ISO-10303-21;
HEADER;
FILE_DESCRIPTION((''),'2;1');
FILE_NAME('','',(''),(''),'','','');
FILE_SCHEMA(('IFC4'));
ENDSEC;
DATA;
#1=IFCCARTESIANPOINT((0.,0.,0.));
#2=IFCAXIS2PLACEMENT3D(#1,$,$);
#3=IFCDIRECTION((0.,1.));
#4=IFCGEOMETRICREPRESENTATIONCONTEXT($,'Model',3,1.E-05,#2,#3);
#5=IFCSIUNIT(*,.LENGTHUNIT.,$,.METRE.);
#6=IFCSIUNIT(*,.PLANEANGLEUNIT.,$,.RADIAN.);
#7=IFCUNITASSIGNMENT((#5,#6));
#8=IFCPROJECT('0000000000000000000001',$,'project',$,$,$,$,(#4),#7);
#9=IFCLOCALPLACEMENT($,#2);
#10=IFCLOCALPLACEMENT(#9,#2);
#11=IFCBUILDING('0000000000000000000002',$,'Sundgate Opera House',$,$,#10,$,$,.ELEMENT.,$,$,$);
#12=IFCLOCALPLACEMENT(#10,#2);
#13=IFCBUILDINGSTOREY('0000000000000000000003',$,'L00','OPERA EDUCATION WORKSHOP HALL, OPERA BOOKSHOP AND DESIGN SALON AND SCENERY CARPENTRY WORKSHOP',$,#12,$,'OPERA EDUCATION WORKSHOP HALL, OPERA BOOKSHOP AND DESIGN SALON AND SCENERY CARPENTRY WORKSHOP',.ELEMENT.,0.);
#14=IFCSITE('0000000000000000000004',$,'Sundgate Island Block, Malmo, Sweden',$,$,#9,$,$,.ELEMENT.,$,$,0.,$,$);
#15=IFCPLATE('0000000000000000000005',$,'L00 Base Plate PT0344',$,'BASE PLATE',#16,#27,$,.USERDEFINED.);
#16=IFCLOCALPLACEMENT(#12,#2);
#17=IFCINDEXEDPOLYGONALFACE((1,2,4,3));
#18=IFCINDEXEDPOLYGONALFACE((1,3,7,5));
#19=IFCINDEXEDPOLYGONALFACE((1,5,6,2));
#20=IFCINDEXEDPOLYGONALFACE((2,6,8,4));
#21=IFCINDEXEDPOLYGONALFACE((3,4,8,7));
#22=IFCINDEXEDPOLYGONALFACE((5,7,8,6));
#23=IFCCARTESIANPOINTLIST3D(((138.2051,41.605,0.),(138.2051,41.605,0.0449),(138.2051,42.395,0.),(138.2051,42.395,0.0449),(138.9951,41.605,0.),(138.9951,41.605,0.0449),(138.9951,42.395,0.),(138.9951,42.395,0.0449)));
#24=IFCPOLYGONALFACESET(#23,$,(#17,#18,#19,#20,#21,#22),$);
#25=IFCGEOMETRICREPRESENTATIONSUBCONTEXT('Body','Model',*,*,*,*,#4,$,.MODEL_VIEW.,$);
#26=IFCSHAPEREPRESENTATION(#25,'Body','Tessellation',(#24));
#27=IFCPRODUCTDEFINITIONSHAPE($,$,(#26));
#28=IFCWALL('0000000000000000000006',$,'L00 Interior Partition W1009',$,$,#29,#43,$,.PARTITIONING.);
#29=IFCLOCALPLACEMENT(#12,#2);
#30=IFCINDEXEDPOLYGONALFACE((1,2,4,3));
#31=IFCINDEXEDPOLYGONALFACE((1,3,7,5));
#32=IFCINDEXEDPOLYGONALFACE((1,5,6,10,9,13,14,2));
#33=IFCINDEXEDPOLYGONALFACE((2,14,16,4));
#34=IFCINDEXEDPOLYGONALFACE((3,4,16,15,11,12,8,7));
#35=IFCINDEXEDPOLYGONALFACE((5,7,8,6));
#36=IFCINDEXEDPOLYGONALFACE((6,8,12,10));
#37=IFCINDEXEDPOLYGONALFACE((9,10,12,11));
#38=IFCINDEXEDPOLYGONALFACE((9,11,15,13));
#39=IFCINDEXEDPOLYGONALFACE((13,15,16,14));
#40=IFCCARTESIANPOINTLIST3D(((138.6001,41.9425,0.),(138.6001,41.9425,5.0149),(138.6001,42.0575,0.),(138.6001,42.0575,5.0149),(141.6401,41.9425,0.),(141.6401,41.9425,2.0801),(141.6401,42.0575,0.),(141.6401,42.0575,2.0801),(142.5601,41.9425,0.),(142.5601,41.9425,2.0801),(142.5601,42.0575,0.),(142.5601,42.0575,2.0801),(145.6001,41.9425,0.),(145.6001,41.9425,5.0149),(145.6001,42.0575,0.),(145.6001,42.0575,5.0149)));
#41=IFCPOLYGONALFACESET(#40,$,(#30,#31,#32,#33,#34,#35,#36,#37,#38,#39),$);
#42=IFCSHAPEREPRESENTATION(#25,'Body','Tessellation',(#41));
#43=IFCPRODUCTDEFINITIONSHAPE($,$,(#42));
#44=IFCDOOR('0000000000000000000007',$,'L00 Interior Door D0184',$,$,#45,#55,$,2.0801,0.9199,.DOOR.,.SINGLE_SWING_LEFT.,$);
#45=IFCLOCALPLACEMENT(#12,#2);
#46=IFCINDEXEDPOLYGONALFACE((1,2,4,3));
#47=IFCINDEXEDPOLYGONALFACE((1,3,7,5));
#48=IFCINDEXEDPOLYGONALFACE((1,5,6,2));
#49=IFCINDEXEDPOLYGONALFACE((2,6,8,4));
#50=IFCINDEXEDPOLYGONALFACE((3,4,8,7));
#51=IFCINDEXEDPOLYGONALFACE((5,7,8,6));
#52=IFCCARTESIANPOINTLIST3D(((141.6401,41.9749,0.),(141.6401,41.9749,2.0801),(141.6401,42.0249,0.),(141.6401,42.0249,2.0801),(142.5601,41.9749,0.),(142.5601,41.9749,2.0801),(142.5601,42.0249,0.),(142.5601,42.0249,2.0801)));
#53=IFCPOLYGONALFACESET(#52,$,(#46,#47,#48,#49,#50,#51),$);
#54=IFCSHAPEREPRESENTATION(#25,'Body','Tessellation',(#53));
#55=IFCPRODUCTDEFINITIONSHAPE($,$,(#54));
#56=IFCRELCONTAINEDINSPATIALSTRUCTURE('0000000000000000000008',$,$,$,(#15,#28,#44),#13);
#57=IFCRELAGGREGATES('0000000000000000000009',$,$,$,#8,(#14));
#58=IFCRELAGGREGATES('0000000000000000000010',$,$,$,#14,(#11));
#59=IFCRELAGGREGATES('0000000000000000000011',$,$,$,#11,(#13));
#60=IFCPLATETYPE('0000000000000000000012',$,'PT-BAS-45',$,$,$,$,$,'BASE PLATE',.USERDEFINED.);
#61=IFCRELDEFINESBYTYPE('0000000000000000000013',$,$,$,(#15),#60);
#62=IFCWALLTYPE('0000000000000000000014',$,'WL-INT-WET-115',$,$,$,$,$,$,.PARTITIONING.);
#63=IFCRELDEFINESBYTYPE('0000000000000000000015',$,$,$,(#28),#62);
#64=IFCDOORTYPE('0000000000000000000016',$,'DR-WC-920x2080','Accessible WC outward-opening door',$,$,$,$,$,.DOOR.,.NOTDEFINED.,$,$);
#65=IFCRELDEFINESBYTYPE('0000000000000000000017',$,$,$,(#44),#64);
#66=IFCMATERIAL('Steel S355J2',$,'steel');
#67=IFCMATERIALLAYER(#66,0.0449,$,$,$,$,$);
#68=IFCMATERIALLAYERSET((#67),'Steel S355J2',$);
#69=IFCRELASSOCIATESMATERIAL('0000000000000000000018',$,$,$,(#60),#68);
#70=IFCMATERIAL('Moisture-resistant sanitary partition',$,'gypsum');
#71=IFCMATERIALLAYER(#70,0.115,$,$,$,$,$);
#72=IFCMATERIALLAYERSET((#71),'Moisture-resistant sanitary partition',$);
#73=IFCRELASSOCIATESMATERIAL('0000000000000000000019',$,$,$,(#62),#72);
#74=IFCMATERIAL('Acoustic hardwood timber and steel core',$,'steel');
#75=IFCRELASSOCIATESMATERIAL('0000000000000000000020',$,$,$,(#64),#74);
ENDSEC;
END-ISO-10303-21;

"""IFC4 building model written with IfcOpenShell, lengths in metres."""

from ifc_helpers import new_model, si_unit, direction, frame, frame_2d, origin, origin_2d, place, context, subcontext, project, spatial, rectangle, extrude, material, layer, layer_set, type_object, element, fill, save


model = new_model("IFC4")

# Units and contexts
model_context = context("Model", 3, precision=1e-05, world=origin(), true_north=direction((0.0, 1.0)))
body_context = subcontext(model_context, "Body", "Model", "MODEL_VIEW")
ifc_project = project(units=[si_unit("LENGTHUNIT", "METRE"), si_unit("PLANEANGLEUNIT", "RADIAN")], contexts=[model_context])

# Site, building, storey
site_placement = place(None, origin())
site = spatial("IfcSite", under=ifc_project, at=site_placement, Name="Sundgate Island Block, Malmo, Sweden", CompositionType="ELEMENT", RefElevation=0.0)
building_placement = place(site_placement, origin())
building = spatial("IfcBuilding", under=site, at=building_placement, Name="Sundgate Opera House", CompositionType="ELEMENT")
storey_placement = place(building_placement, origin())
storey = spatial("IfcBuildingStorey", under=building, at=storey_placement, Name="L00", Description="OPERA EDUCATION WORKSHOP HALL, OPERA BOOKSHOP AND DESIGN SALON AND SCENERY CARPENTRY WORKSHOP", LongName="OPERA EDUCATION WORKSHOP HALL, OPERA BOOKSHOP AND DESIGN SALON AND SCENERY CARPENTRY WORKSHOP", CompositionType="ELEMENT", Elevation=0.0)

# Plate
ifc_material_1 = material(Name="Steel S355J2", Category="steel")
ifc_layer_1 = layer(ifc_material_1, 0.0449)
ifc_layer_set_1 = layer_set([ifc_layer_1], Name="Steel S355J2")
plate_type_1 = type_object("IfcPlateType", Name="PT-BAS-45", ElementType="BASE PLATE", PredefinedType="USERDEFINED", material=ifc_layer_set_1)
plate_1_placement = place(storey_placement, frame((138.6001, 42.0, 0.0), z_axis=(0.0, 0.0, 1.0), x_axis=(1.0, 0.0, 0.0)))
element("IfcPlate", 1, at=plate_1_placement, inside=storey, type_object=plate_type_1, Name="L00 Base Plate PT0344", ObjectType="BASE PLATE", PredefinedType="USERDEFINED", context=body_context, shape_type="SweptSolid", body=[
    extrude(rectangle(XDim=0.79, YDim=0.79, at=origin_2d()), origin(), (0.0, 0.0, 1.0), 0.0449),
])

# Wall, opening, door
ifc_material_2 = material(Name="Moisture-resistant sanitary partition", Category="gypsum")
ifc_layer_2 = layer(ifc_material_2, 0.115)
ifc_layer_set_2 = layer_set([ifc_layer_2], Name="Moisture-resistant sanitary partition")
wall_type = type_object("IfcWallType", Name="WL-INT-WET-115", PredefinedType="PARTITIONING", material=ifc_layer_set_2)
wall_placement = place(storey_placement, frame((138.6001, 42.0, 0.0), z_axis=(0.0, 0.0, 1.0), x_axis=(1.0, 0.0, 0.0)))
wall = element("IfcWall", 2, at=wall_placement, inside=storey, type_object=wall_type, Name="L00 Interior Partition W1009", PredefinedType="PARTITIONING", context=body_context, shape_type="SweptSolid", body=[
    extrude(rectangle(XDim=7.0, YDim=0.115, at=frame_2d((3.5, 0.0))), origin(), (0.0, 0.0, 1.0), 5.0149),
])
opening_placement = place(wall_placement, frame((3.04, 0.0, 0.0)))
opening = element("IfcOpeningElement", 3, at=opening_placement, cuts=wall, PredefinedType="OPENING", context=body_context, shape_type="SweptSolid", body=[
    extrude(rectangle(XDim=0.9199, YDim=2.0801, at=frame_2d((0.46, 1.04))), frame((0.0, 0.0674, 0.0), z_axis=(0.0, -1.0, 0.0), x_axis=(1.0, 0.0, 0.0)), (0.0, 0.0, 1.0), 0.135),
])
ifc_material_3 = material(Name="Acoustic hardwood timber and steel core", Category="steel")
door_type = type_object("IfcDoorType", Name="DR-WC-920x2080", Description="Accessible WC outward-opening door", OperationType="NOTDEFINED", PredefinedType="DOOR", material=ifc_material_3)
door_placement = place(opening_placement, origin())
door = element("IfcDoor", 4, at=door_placement, inside=storey, type_object=door_type, Name="L00 Interior Door D0184", OperationType="SINGLE_SWING_LEFT", OverallHeight=2.0801, OverallWidth=0.9199, PredefinedType="DOOR", context=body_context, shape_type="SweptSolid", body=[
    extrude(rectangle(XDim=0.9199, YDim=2.0801, at=frame_2d((0.46, 1.04))), frame((0.0, 0.0249, 0.0), z_axis=(0.0, -1.0, 0.0), x_axis=(1.0, 0.0, 0.0)), (0.0, 0.0, 1.0), 0.05),
])
fill(opening, door)

save(model, "model.ifc")
